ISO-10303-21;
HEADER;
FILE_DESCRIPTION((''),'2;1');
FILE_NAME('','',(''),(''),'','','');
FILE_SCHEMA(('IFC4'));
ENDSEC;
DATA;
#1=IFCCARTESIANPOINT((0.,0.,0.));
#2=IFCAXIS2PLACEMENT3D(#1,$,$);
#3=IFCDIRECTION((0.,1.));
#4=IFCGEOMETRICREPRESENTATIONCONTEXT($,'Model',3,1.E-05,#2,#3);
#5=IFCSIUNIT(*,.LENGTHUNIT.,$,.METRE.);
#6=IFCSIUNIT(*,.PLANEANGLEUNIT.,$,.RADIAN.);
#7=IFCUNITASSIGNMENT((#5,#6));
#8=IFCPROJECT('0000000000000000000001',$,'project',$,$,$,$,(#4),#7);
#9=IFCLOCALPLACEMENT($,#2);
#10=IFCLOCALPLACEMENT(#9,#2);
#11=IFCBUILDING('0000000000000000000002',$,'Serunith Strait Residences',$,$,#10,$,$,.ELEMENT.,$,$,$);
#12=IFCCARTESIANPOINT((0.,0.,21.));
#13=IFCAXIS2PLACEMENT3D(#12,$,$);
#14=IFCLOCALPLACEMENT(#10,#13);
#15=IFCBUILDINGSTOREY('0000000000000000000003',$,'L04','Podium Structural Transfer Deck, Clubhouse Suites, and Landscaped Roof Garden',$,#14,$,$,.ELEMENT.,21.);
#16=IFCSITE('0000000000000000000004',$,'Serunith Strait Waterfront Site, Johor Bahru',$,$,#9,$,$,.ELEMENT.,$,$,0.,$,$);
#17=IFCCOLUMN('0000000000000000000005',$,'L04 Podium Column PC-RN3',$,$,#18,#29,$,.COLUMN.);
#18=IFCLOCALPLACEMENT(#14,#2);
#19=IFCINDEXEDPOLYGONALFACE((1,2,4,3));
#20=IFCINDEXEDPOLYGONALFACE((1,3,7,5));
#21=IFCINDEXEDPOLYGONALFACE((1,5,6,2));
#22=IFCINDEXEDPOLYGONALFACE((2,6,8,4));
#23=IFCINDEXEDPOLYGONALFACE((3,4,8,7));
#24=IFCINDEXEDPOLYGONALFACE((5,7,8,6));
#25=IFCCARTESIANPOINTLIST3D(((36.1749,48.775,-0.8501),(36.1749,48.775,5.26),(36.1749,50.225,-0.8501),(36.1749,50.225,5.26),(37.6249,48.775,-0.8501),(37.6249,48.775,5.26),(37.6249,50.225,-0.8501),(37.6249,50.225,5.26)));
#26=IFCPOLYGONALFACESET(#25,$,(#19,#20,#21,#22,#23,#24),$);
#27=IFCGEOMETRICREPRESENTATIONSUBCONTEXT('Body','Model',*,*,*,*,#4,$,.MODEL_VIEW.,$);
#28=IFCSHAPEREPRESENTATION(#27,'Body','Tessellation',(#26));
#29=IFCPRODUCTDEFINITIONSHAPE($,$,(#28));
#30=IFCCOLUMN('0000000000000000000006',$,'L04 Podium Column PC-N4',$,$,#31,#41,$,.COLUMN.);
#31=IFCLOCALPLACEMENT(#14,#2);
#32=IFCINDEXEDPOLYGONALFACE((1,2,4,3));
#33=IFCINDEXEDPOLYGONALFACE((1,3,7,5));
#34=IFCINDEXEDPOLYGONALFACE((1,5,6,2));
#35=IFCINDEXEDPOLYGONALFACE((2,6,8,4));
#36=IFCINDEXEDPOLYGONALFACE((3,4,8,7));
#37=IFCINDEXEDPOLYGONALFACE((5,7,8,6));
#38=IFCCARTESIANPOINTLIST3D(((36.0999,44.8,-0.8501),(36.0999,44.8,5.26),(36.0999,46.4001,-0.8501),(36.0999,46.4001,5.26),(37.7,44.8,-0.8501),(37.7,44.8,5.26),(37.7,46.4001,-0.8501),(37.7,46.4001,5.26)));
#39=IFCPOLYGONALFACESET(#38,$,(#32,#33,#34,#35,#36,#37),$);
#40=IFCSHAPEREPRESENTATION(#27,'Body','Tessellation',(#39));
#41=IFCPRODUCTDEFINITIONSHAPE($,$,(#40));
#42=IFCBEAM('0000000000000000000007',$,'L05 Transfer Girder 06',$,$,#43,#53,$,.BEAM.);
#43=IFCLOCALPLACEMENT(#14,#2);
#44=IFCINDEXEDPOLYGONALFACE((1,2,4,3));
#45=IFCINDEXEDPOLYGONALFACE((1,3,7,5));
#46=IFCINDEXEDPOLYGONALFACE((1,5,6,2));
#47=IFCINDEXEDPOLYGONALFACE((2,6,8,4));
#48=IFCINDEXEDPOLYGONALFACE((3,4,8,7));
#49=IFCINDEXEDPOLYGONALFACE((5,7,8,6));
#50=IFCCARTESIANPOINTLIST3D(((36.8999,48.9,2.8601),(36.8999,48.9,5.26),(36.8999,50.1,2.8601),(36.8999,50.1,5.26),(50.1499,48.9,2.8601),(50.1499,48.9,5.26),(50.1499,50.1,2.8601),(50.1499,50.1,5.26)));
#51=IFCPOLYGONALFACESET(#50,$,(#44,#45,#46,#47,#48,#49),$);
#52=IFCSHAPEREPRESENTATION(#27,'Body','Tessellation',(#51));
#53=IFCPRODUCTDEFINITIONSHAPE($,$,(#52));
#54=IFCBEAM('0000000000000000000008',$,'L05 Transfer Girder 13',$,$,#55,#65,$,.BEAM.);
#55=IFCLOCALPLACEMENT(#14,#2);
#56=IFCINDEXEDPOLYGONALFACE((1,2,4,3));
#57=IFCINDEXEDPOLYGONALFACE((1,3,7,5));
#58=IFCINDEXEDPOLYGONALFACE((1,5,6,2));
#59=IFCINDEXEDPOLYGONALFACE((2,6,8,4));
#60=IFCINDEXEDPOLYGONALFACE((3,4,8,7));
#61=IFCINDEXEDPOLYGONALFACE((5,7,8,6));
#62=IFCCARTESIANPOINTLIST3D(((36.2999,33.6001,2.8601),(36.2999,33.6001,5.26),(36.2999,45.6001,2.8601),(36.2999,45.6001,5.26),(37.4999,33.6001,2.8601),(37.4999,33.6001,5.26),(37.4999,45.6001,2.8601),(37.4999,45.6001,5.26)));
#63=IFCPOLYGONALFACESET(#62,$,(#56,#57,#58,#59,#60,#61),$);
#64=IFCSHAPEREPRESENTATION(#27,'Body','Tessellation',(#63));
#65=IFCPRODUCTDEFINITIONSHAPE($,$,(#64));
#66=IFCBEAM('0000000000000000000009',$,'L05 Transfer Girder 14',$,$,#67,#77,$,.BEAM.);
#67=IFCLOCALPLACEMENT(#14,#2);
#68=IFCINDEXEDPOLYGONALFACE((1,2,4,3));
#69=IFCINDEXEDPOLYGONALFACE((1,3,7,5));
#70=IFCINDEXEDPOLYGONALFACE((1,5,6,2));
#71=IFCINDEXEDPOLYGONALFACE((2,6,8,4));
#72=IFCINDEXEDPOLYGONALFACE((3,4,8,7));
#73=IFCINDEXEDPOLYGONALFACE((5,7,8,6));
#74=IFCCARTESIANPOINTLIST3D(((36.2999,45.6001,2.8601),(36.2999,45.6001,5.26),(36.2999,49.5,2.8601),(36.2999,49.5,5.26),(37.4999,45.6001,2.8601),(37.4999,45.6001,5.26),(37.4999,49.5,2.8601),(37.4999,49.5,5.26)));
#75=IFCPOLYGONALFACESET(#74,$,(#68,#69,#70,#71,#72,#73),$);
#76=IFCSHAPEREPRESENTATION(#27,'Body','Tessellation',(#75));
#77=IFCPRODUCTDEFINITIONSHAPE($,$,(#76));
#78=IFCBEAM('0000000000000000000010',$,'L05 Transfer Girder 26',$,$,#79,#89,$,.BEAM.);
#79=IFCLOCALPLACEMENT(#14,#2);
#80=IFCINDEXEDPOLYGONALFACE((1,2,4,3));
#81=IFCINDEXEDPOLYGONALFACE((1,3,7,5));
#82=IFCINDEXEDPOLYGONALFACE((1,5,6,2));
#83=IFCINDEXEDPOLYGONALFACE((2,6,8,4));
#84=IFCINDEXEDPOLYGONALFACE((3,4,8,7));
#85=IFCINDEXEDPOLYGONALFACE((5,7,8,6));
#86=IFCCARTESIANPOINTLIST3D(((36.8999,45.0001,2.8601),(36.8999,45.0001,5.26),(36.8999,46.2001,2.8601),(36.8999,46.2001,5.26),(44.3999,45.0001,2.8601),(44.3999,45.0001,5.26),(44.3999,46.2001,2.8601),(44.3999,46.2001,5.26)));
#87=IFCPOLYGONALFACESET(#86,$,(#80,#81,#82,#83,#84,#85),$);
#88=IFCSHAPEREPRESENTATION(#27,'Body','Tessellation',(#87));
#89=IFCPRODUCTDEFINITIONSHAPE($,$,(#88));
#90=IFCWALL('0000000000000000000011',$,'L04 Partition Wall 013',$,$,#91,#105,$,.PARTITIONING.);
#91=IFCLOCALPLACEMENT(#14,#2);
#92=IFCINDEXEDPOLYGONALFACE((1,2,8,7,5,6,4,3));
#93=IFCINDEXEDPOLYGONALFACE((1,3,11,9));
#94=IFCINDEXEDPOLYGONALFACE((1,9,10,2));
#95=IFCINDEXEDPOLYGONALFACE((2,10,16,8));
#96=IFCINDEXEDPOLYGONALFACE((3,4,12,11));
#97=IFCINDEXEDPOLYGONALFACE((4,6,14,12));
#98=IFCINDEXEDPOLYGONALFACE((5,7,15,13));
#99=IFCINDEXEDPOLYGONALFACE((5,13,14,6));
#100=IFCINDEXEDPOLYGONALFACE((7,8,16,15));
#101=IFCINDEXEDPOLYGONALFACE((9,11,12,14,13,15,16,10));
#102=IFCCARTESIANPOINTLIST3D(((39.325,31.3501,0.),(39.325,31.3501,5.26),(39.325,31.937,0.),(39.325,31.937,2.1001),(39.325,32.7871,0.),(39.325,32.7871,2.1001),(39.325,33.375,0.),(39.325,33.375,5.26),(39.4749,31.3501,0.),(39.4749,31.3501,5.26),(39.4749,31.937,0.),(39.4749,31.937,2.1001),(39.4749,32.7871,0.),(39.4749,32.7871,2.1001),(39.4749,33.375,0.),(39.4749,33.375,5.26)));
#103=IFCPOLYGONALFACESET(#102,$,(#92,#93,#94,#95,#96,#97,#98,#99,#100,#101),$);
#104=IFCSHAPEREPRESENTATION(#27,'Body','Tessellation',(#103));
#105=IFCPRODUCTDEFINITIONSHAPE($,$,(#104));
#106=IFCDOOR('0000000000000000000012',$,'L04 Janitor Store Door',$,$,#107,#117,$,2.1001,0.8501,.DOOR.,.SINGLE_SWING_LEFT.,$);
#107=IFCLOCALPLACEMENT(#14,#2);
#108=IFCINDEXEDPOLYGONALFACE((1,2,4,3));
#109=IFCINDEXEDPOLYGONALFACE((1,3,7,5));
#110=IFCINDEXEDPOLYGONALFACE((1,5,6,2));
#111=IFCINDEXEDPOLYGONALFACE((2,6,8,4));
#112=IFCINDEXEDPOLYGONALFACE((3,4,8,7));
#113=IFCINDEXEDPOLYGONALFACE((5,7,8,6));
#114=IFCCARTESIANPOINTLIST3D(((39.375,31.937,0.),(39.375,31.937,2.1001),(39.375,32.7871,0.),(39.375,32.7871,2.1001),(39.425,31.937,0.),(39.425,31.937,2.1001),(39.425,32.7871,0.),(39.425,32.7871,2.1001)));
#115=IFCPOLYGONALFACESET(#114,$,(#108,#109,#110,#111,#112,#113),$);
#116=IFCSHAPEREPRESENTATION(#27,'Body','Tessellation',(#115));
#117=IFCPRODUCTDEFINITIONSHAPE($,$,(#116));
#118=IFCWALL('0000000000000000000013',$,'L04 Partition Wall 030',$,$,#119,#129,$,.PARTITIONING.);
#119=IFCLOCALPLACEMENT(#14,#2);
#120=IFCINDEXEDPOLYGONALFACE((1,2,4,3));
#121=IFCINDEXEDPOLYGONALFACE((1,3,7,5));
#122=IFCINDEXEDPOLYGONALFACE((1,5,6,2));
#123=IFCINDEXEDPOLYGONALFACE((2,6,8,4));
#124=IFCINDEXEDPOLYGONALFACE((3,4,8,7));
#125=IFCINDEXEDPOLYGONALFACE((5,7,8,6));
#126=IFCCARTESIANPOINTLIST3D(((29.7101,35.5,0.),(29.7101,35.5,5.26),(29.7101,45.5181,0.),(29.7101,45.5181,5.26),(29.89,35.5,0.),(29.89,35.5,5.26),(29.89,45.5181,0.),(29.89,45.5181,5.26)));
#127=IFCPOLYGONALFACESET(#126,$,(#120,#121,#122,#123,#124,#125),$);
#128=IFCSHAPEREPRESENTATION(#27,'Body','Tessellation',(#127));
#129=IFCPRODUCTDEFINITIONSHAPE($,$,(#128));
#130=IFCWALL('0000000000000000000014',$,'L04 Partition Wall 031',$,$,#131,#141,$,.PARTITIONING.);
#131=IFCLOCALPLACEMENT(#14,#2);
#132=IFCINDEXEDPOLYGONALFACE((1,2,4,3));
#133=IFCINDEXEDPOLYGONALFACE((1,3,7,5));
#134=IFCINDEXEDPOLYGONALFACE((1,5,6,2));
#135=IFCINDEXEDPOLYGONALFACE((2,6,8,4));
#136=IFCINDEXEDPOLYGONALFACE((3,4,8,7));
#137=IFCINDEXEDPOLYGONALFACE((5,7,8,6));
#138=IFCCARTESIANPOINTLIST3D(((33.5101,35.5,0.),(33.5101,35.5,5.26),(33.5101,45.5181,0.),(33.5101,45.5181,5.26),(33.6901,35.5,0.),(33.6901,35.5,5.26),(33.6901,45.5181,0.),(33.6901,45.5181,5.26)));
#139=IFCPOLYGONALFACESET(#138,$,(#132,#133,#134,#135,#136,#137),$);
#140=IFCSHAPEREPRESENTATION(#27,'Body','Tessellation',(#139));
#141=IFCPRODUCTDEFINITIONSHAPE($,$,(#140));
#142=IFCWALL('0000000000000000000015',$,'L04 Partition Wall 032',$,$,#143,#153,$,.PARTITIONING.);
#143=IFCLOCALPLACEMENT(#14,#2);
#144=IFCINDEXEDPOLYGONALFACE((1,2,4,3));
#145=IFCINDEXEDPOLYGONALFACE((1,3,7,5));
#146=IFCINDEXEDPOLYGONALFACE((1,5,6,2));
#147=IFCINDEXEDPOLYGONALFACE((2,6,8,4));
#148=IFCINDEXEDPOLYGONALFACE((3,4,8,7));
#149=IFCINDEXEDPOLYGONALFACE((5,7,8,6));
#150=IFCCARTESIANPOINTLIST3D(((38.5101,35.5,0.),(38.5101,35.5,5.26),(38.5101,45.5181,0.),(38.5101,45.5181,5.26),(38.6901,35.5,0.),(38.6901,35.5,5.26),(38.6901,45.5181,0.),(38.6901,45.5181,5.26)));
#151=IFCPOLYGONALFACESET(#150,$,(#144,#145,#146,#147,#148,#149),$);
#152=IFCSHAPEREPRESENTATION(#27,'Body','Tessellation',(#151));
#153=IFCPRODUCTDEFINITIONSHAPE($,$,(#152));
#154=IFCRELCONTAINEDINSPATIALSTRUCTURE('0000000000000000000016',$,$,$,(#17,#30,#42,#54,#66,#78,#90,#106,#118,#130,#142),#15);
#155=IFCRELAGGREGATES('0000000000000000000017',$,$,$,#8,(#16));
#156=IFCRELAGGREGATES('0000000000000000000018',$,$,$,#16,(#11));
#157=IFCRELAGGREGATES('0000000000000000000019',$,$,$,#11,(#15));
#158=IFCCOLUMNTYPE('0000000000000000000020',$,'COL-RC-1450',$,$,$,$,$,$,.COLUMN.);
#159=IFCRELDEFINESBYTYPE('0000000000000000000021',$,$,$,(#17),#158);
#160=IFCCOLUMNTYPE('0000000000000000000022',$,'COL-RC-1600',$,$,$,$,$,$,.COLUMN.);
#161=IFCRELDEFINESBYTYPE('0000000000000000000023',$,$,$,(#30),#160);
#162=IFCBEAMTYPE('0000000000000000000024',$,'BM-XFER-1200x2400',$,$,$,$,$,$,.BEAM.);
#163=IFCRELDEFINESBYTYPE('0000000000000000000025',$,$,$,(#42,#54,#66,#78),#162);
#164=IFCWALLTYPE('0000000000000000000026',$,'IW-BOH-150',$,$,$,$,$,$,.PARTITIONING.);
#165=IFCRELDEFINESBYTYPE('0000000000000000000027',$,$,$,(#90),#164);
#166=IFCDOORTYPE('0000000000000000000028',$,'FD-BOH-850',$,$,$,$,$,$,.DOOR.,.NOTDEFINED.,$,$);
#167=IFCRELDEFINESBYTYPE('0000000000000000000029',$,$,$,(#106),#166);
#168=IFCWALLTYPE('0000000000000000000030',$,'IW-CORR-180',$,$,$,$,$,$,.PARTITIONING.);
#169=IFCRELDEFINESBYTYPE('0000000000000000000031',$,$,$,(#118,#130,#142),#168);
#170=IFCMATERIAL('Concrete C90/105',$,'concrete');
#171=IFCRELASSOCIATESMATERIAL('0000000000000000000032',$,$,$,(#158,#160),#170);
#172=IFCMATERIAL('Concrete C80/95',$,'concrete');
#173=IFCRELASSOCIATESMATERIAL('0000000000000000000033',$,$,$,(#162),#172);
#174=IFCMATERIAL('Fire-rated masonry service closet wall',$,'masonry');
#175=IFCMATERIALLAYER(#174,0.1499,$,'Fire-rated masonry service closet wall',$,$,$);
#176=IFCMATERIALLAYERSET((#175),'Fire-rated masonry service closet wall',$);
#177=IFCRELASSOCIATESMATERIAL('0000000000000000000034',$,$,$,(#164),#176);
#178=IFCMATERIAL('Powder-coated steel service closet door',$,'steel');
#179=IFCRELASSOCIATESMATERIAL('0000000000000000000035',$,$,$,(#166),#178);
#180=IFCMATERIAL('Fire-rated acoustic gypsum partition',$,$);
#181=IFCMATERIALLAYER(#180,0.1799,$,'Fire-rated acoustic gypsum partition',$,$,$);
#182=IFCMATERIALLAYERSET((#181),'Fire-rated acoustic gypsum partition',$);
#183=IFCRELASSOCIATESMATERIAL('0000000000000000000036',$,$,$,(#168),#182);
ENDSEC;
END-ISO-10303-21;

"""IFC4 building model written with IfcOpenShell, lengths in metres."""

from ifc_helpers import new_model, si_unit, direction, frame, frame_2d, origin, origin_2d, place, context, subcontext, project, spatial, rectangle, extrude, source, transform, mapped, material, layer, layer_set, material_profile, profile_set, type_object, element, fill, save


model = new_model("IFC4")

# Units and contexts
model_context = context("Model", 3, precision=1e-05, world=origin(), true_north=direction((0.0, 1.0)))
body_context = subcontext(model_context, "Body", "Model", "MODEL_VIEW")
ifc_project = project(units=[si_unit("LENGTHUNIT", "METRE"), si_unit("PLANEANGLEUNIT", "RADIAN")], contexts=[model_context])

# Site, building, storey
site_placement = place(None, origin())
site = spatial("IfcSite", under=ifc_project, at=site_placement, Name="Serunith Strait Waterfront Site, Johor Bahru", CompositionType="ELEMENT", RefElevation=0.0)
building_placement = place(site_placement, origin())
building = spatial("IfcBuilding", under=site, at=building_placement, Name="Serunith Strait Residences", CompositionType="ELEMENT")
storey_placement = place(building_placement, frame((0.0, 0.0, 21.0)))
storey = spatial("IfcBuildingStorey", under=building, at=storey_placement, Name="L04", Description="Podium Structural Transfer Deck, Clubhouse Suites, and Landscaped Roof Garden", CompositionType="ELEMENT", Elevation=21.0)

# Columns
ifc_material_1 = material(Name="Concrete C90/105", Category="concrete")
ifc_material_profile_1 = material_profile(ifc_material_1, rectangle(XDim=1.45, YDim=1.45, at=origin_2d()), Name="RC 1450x1450")
ifc_profile_set_1 = profile_set([ifc_material_profile_1], Name="Concrete C90/105")
column_type_1 = type_object("IfcColumnType", Name="COL-RC-1450", PredefinedType="COLUMN", material=ifc_profile_set_1)
shared_shape_1 = source(origin(), body_context, "Body", "SweptSolid", [
    extrude(rectangle(XDim=1.45, YDim=1.45, at=origin_2d()), origin(), (0.0, 0.0, 1.0), 6.1101),
])
column_1_placement = place(storey_placement, frame((36.8999, 49.5, -0.8501), z_axis=(0.0, 0.0, 1.0), x_axis=(1.0, 0.0, 0.0)))
element("IfcColumn", 1, at=column_1_placement, inside=storey, type_object=column_type_1, Name="L04 Podium Column PC-RN3", PredefinedType="COLUMN", context=body_context, shape_type="MappedRepresentation", body=[
    mapped(shared_shape_1, transform((0.0, 0.0, 0.0), scale=1.0)),
])
ifc_material_profile_2 = material_profile(ifc_material_1, rectangle(XDim=1.6001, YDim=1.6001, at=origin_2d()), Name="RC 1600x1600")
ifc_profile_set_2 = profile_set([ifc_material_profile_2], Name="Concrete C90/105")
column_type_2 = type_object("IfcColumnType", Name="COL-RC-1600", PredefinedType="COLUMN", material=ifc_profile_set_2)
shared_shape_2 = source(origin(), body_context, "Body", "SweptSolid", [
    extrude(rectangle(XDim=1.6001, YDim=1.6001, at=origin_2d()), origin(), (0.0, 0.0, 1.0), 6.1101),
])
column_2_placement = place(storey_placement, frame((36.8999, 45.6001, -0.8501), z_axis=(0.0, 0.0, 1.0), x_axis=(1.0, 0.0, 0.0)))
element("IfcColumn", 2, at=column_2_placement, inside=storey, type_object=column_type_2, Name="L04 Podium Column PC-N4", PredefinedType="COLUMN", context=body_context, shape_type="MappedRepresentation", body=[
    mapped(shared_shape_2, transform((0.0, 0.0, 0.0), scale=1.0)),
])

# Beams
ifc_material_2 = material(Name="Concrete C80/95", Category="concrete")
ifc_material_profile_3 = material_profile(ifc_material_2, rectangle(XDim=1.2, YDim=2.3999, at=origin_2d()), Name="RC 1200x2400")
ifc_profile_set_3 = profile_set([ifc_material_profile_3], Name="Concrete C80/95")
beam_type = type_object("IfcBeamType", Name="BM-XFER-1200x2400", PredefinedType="BEAM", material=ifc_profile_set_3)
shared_shape_3 = source(origin(), body_context, "Body", "SweptSolid", [
    extrude(rectangle(XDim=1.2, YDim=2.3999, at=origin_2d()), origin(), (0.0, 0.0, 1.0), 13.25),
])
beam_1_placement = place(storey_placement, frame((36.8999, 49.5, 4.0601), z_axis=(1.0, 0.0, 0.0), x_axis=(0.0, 1.0, 0.0)))
element("IfcBeam", 3, at=beam_1_placement, inside=storey, type_object=beam_type, Name="L05 Transfer Girder 06", PredefinedType="BEAM", context=body_context, shape_type="MappedRepresentation", body=[
    mapped(shared_shape_3, transform((0.0, 0.0, 0.0), scale=1.0)),
])
shared_shape_4 = source(origin(), body_context, "Body", "SweptSolid", [
    extrude(rectangle(XDim=1.2, YDim=2.3999, at=origin_2d()), origin(), (0.0, 0.0, 1.0), 12.0),
])
beam_2_placement = place(storey_placement, frame((36.8999, 33.6001, 4.0601), z_axis=(0.0, 1.0, 0.0), x_axis=(-1.0, 0.0, 0.0)))
element("IfcBeam", 4, at=beam_2_placement, inside=storey, type_object=beam_type, Name="L05 Transfer Girder 13", PredefinedType="BEAM", context=body_context, shape_type="MappedRepresentation", body=[
    mapped(shared_shape_4, transform((0.0, 0.0, 0.0), scale=1.0)),
])
shared_shape_5 = source(origin(), body_context, "Body", "SweptSolid", [
    extrude(rectangle(XDim=1.2, YDim=2.3999, at=origin_2d()), origin(), (0.0, 0.0, 1.0), 3.8999),
])
beam_3_placement = place(storey_placement, frame((36.8999, 45.6001, 4.0601), z_axis=(0.0, 1.0, 0.0), x_axis=(-1.0, 0.0, 0.0)))
element("IfcBeam", 5, at=beam_3_placement, inside=storey, type_object=beam_type, Name="L05 Transfer Girder 14", PredefinedType="BEAM", context=body_context, shape_type="MappedRepresentation", body=[
    mapped(shared_shape_5, transform((0.0, 0.0, 0.0), scale=1.0)),
])
shared_shape_6 = source(origin(), body_context, "Body", "SweptSolid", [
    extrude(rectangle(XDim=1.2, YDim=2.3999, at=origin_2d()), origin(), (0.0, 0.0, 1.0), 7.5),
])
beam_4_placement = place(storey_placement, frame((36.8999, 45.6001, 4.0601), z_axis=(1.0, 0.0, 0.0), x_axis=(0.0, 1.0, 0.0)))
element("IfcBeam", 6, at=beam_4_placement, inside=storey, type_object=beam_type, Name="L05 Transfer Girder 26", PredefinedType="BEAM", context=body_context, shape_type="MappedRepresentation", body=[
    mapped(shared_shape_6, transform((0.0, 0.0, 0.0), scale=1.0)),
])

# Wall, opening, door
ifc_material_3 = material(Name="Fire-rated masonry service closet wall", Category="masonry")
ifc_layer_1 = layer(ifc_material_3, 0.1499, Name="Fire-rated masonry service closet wall")
ifc_layer_set_1 = layer_set([ifc_layer_1], Name="Fire-rated masonry service closet wall")
wall_type_1 = type_object("IfcWallType", Name="IW-BOH-150", PredefinedType="PARTITIONING", material=ifc_layer_set_1)
wall_1_placement = place(storey_placement, frame((39.3999, 31.3501, 0.0), z_axis=(0.0, 0.0, 1.0), x_axis=(0.0, 1.0, 0.0)))
wall_1 = element("IfcWall", 7, at=wall_1_placement, inside=storey, type_object=wall_type_1, Name="L04 Partition Wall 013", PredefinedType="PARTITIONING", context=body_context, shape_type="SweptSolid", body=[
    extrude(rectangle(XDim=2.0249, YDim=0.1499, at=frame_2d((1.0125, 0.0))), origin(), (0.0, 0.0, 1.0), 5.26),
])
opening_1_placement = place(wall_1_placement, frame((0.5869, 0.0, 0.0)))
opening_1 = element("IfcOpeningElement", 8, at=opening_1_placement, cuts=wall_1, PredefinedType="OPENING", context=body_context, shape_type="SweptSolid", body=[
    extrude(rectangle(XDim=0.8501, YDim=2.1001, at=frame_2d((0.425, 1.05))), frame((0.0, 0.085, 0.0), z_axis=(0.0, -1.0, 0.0), x_axis=(1.0, 0.0, 0.0)), (0.0, 0.0, 1.0), 0.1699),
])
ifc_material_4 = material(Name="Powder-coated steel service closet door", Category="steel")
door_type_1 = type_object("IfcDoorType", Name="FD-BOH-850", OperationType="NOTDEFINED", PredefinedType="DOOR", material=ifc_material_4)
shared_shape_7 = source(origin(), body_context, "Body", "SweptSolid", [
    extrude(rectangle(XDim=0.8501, YDim=2.1001, at=frame_2d((0.425, 1.05))), frame((0.0, 0.0249, 0.0), z_axis=(0.0, -1.0, 0.0), x_axis=(1.0, 0.0, 0.0)), (0.0, 0.0, 1.0), 0.05),
])
door_1_placement = place(opening_1_placement, origin())
door_1 = element("IfcDoor", 9, at=door_1_placement, inside=storey, type_object=door_type_1, Name="L04 Janitor Store Door", OperationType="SINGLE_SWING_LEFT", OverallHeight=2.1001, OverallWidth=0.8501, PredefinedType="DOOR", context=body_context, shape_type="MappedRepresentation", body=[
    mapped(shared_shape_7, transform((0.0, 0.0, 0.0), scale=1.0)),
])
fill(opening_1, door_1)

# Walls
ifc_material_5 = material(Name="Fire-rated acoustic gypsum partition")
ifc_layer_2 = layer(ifc_material_5, 0.1799, Name="Fire-rated acoustic gypsum partition")
ifc_layer_set_2 = layer_set([ifc_layer_2], Name="Fire-rated acoustic gypsum partition")
wall_type_2 = type_object("IfcWallType", Name="IW-CORR-180", PredefinedType="PARTITIONING", material=ifc_layer_set_2)
for number, where, z_axis, x_axis, name in (
    (10, (29.8, 35.5, 0.0), (0.0, 0.0, 1.0), (0.0, 1.0, 0.0), "L04 Partition Wall 030"),
    (11, (33.6001, 35.5, 0.0), (0.0, 0.0, 1.0), (0.0, 1.0, 0.0), "L04 Partition Wall 031"),
    (12, (38.6001, 35.5, 0.0), (0.0, 0.0, 1.0), (0.0, 1.0, 0.0), "L04 Partition Wall 032"),
):
    element("IfcWall", number, at=place(storey_placement, frame(where, z_axis=z_axis, x_axis=x_axis)), inside=storey, type_object=wall_type_2, Name=name, PredefinedType="PARTITIONING", context=body_context, shape_type="SweptSolid", body=[
        extrude(rectangle(XDim=10.0181, YDim=0.1799, at=frame_2d((5.009, 0.0))), origin(), (0.0, 0.0, 1.0), 5.26),
    ])

save(model, "model.ifc")
